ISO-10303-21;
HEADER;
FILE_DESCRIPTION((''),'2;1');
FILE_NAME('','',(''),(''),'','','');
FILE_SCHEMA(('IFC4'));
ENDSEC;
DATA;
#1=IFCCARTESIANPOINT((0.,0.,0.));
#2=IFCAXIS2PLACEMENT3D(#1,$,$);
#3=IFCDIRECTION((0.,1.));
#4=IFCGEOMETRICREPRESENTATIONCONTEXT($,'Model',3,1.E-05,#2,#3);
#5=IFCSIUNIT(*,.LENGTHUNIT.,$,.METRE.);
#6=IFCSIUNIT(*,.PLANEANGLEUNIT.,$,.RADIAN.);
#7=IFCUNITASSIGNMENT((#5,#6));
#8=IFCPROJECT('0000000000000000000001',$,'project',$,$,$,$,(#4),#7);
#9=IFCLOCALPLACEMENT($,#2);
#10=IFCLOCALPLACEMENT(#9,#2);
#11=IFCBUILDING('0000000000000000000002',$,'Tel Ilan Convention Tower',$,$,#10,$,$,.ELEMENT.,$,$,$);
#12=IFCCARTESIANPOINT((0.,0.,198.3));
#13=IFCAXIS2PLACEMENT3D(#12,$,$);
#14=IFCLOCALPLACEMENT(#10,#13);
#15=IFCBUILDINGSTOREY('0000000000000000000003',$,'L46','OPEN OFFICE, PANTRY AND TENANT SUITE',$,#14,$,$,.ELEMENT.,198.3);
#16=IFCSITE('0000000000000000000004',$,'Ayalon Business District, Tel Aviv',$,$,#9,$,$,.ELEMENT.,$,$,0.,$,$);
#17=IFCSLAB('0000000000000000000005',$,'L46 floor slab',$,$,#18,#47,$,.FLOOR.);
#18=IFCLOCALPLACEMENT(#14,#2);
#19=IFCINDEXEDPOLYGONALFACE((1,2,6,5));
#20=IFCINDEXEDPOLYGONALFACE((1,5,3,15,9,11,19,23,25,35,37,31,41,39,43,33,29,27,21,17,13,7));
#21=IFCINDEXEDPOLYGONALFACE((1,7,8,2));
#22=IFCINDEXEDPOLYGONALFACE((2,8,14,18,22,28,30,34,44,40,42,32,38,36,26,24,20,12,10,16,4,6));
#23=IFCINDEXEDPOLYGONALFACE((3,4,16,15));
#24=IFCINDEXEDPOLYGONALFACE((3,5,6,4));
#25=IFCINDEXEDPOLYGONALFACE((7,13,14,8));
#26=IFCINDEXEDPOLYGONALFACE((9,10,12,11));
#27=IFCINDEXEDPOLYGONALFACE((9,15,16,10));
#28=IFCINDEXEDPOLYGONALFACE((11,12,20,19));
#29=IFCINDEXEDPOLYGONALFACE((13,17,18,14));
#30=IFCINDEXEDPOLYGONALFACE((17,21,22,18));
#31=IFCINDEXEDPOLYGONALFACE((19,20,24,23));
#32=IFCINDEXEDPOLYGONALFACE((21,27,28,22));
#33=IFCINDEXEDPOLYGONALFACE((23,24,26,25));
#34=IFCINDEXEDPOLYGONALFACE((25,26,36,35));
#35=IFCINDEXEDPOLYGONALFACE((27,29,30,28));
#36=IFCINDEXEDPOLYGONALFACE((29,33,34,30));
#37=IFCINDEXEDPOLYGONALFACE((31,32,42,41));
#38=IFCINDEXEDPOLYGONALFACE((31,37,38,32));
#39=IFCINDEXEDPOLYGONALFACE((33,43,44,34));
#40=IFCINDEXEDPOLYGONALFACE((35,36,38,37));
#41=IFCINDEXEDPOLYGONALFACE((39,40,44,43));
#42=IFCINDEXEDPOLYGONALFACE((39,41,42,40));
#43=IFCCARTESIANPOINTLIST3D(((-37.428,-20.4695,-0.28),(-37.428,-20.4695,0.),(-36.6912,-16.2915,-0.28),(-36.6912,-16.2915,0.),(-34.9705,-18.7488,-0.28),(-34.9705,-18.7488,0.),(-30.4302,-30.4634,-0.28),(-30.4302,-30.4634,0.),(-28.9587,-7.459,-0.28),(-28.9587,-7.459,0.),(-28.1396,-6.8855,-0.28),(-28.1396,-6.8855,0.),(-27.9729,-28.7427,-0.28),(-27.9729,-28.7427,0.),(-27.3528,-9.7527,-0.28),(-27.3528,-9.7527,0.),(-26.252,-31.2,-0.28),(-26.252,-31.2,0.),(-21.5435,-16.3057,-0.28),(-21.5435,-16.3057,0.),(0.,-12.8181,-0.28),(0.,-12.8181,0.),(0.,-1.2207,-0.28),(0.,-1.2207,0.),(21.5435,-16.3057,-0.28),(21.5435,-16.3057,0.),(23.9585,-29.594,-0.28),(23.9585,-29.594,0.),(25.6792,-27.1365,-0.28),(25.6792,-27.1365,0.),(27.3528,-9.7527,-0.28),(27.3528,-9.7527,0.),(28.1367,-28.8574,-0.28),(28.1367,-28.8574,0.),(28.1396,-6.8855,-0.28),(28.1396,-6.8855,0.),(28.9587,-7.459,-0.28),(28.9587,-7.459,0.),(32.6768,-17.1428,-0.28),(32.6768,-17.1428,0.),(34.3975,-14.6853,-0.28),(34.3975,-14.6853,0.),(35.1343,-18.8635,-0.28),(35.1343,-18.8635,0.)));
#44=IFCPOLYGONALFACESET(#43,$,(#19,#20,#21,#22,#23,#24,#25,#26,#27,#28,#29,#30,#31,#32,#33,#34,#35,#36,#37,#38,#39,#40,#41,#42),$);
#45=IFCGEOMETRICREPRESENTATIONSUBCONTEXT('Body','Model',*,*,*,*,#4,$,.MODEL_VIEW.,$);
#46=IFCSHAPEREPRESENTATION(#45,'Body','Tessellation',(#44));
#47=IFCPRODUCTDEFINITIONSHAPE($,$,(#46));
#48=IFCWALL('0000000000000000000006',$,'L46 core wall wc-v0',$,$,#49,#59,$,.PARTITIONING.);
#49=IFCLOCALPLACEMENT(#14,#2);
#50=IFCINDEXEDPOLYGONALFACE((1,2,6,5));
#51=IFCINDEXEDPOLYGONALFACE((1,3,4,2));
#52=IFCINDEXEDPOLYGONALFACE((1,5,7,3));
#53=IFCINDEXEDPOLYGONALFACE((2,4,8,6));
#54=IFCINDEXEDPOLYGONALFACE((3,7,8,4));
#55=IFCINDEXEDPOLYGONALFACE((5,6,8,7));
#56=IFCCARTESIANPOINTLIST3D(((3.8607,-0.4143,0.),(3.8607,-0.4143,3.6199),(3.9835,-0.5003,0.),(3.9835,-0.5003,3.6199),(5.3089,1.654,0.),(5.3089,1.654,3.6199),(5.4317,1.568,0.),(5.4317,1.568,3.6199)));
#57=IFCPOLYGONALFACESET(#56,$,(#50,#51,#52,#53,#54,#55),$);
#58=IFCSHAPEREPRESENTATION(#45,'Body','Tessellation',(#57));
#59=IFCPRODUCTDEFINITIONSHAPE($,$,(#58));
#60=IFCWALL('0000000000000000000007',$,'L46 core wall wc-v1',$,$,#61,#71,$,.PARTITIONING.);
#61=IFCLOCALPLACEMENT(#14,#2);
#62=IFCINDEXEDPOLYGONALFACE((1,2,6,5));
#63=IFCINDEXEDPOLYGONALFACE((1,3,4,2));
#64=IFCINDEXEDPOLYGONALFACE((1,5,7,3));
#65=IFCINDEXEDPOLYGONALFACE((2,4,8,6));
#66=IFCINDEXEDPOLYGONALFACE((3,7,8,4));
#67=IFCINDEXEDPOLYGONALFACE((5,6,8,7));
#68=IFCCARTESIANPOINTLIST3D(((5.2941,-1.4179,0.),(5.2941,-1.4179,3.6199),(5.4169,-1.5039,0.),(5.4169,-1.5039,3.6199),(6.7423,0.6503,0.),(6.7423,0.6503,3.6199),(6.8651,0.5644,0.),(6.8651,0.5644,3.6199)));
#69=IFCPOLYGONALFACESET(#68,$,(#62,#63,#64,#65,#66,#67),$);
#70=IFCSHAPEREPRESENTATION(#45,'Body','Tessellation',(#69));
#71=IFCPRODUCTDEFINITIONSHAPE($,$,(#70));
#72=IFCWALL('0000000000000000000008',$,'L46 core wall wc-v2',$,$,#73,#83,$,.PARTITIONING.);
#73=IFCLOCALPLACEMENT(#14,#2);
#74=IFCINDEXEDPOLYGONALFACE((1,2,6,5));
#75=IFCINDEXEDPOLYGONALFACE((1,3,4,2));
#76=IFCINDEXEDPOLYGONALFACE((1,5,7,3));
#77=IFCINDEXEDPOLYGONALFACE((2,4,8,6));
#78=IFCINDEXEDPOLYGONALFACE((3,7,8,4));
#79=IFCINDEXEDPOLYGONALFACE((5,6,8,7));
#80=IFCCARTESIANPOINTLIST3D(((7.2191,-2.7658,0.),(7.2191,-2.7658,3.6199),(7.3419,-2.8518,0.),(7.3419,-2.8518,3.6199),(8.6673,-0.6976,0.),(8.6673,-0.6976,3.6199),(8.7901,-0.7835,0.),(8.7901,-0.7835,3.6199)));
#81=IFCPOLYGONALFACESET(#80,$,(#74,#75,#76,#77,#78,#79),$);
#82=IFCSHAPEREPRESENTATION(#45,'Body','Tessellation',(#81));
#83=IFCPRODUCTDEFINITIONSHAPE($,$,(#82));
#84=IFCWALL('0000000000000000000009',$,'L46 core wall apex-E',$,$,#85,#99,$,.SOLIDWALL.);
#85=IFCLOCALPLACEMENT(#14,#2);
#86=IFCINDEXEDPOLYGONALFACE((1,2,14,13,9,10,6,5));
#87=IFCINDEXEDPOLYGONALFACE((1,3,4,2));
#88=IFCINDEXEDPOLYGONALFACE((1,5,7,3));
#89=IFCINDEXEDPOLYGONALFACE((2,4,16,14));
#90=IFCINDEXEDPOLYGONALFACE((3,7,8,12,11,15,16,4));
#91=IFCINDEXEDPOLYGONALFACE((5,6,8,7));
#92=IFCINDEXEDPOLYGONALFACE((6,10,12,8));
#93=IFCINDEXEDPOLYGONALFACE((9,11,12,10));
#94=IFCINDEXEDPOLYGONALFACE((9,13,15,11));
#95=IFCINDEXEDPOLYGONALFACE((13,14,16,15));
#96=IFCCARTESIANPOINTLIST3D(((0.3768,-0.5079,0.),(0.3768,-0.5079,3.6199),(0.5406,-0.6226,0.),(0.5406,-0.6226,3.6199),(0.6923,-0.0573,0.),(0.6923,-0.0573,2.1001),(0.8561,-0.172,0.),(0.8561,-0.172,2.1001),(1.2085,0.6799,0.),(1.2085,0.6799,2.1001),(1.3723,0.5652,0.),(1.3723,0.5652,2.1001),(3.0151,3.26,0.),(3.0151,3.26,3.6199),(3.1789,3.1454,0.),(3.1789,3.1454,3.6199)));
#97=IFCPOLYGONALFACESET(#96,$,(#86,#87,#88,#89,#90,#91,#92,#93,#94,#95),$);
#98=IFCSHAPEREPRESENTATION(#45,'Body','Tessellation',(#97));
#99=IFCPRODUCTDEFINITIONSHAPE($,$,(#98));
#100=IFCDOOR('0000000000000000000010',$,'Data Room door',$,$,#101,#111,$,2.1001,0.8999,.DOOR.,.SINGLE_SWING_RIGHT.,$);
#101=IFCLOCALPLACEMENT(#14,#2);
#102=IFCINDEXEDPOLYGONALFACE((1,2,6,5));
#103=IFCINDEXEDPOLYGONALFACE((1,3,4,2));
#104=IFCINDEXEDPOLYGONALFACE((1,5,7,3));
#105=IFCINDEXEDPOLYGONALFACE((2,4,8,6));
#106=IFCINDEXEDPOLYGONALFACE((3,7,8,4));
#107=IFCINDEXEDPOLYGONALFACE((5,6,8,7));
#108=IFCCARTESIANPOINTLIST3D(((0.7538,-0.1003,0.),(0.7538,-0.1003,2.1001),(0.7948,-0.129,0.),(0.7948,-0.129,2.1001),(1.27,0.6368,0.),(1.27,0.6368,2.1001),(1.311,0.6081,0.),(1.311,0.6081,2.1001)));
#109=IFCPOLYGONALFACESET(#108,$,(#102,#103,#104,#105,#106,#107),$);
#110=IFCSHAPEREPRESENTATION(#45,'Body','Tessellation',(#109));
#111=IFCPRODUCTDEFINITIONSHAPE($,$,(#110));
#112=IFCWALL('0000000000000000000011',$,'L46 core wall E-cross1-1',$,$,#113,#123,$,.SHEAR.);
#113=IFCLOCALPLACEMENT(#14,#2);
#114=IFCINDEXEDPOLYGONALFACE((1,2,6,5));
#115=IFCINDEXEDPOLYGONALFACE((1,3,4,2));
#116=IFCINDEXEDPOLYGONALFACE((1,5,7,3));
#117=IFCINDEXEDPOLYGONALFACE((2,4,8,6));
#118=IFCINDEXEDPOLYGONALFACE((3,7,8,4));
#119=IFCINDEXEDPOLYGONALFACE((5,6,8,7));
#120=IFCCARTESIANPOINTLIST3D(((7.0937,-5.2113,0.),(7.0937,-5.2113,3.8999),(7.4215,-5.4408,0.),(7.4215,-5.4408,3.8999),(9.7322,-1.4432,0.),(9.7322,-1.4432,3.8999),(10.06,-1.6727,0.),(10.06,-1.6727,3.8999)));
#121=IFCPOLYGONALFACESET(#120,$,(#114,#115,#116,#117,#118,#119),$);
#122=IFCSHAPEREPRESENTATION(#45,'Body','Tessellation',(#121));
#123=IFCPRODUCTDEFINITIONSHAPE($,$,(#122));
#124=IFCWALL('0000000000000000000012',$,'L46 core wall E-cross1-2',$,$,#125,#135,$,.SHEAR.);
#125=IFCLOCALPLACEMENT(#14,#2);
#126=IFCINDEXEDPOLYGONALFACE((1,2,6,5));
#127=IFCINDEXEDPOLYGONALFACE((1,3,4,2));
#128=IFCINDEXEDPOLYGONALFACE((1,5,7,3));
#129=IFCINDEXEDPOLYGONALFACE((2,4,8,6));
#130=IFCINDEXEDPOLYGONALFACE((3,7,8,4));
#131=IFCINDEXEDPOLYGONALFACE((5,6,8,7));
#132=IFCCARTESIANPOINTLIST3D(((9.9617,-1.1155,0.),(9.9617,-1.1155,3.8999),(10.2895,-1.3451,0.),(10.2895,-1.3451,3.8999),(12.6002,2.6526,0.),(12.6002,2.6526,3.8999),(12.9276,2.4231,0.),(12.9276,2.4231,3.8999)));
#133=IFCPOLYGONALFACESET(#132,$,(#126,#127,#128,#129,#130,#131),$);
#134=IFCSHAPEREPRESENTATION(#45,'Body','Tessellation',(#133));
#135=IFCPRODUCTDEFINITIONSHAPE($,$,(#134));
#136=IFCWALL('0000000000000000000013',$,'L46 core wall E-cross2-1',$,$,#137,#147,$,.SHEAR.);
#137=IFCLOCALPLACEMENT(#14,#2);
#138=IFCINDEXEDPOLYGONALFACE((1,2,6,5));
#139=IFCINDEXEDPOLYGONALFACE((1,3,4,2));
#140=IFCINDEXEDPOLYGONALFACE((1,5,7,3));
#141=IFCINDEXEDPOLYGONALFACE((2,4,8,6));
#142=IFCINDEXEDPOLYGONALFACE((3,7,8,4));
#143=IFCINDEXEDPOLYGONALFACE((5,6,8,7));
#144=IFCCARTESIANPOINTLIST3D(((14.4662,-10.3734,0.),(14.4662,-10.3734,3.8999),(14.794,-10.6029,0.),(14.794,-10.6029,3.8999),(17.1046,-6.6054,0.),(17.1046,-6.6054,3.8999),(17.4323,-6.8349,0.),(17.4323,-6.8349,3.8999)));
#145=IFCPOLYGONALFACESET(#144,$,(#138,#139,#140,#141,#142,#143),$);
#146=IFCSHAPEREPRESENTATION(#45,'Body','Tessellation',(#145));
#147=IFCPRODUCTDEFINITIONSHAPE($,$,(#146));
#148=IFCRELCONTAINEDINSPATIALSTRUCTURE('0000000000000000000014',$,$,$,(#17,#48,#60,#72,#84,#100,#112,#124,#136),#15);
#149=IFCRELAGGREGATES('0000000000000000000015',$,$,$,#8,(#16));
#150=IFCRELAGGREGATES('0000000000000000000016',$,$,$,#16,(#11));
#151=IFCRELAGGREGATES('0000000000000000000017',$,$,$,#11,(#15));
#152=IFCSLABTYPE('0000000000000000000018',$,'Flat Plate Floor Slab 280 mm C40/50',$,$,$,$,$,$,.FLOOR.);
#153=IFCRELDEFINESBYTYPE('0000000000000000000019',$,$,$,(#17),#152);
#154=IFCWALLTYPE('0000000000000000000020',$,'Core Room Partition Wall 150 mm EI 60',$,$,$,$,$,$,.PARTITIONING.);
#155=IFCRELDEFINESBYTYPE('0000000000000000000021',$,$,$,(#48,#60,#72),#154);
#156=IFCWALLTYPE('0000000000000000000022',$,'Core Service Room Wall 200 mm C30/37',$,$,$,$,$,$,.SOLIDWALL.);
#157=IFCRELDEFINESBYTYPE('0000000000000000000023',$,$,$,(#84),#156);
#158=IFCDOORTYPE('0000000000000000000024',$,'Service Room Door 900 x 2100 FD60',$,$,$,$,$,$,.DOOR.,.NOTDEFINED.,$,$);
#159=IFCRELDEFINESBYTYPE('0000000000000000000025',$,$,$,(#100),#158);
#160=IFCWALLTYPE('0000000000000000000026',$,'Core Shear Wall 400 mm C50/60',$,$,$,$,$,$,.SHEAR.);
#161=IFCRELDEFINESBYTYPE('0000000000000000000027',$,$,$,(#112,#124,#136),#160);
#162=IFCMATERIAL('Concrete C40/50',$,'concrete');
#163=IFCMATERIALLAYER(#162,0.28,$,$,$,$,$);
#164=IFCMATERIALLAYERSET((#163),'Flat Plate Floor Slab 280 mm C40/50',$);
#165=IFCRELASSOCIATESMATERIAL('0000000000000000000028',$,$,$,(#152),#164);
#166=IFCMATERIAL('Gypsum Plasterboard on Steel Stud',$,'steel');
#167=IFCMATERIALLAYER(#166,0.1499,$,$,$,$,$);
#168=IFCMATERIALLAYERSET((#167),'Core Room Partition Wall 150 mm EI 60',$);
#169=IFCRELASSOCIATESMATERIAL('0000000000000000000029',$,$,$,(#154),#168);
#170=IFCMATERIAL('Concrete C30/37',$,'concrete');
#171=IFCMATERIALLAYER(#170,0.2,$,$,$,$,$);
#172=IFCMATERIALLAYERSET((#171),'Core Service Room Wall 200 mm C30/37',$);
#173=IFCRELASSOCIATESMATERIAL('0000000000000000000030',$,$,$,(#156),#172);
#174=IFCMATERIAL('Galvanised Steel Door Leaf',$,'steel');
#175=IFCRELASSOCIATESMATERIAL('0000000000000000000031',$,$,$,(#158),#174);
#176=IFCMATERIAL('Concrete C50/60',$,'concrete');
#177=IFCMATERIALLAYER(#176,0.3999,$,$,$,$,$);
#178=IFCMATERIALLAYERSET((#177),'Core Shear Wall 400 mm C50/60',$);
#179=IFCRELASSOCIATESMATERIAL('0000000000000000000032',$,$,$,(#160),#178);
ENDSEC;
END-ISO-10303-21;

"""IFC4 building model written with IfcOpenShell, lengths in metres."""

from ifc_helpers import new_model, si_unit, direction, frame, frame_2d, origin, place, context, subcontext, project, spatial, polyline, rectangle, outline, extrude, material, layer, layer_set, type_object, element, fill, save


model = new_model("IFC4")

# Units and contexts
model_context = context("Model", 3, precision=1e-05, world=origin(), true_north=direction((0.0, 1.0)))
body_context = subcontext(model_context, "Body", "Model", "MODEL_VIEW")
ifc_project = project(units=[si_unit("LENGTHUNIT", "METRE"), si_unit("PLANEANGLEUNIT", "RADIAN")], contexts=[model_context])

# Site, building, storey
site_placement = place(None, origin())
site = spatial("IfcSite", under=ifc_project, at=site_placement, Name="Ayalon Business District, Tel Aviv", CompositionType="ELEMENT", RefElevation=0.0)
building_placement = place(site_placement, origin())
building = spatial("IfcBuilding", under=site, at=building_placement, Name="Tel Ilan Convention Tower", CompositionType="ELEMENT")
storey_placement = place(building_placement, frame((0.0, 0.0, 198.3)))
storey = spatial("IfcBuildingStorey", under=building, at=storey_placement, Name="L46", Description="OPEN OFFICE, PANTRY AND TENANT SUITE", CompositionType="ELEMENT", Elevation=198.3)

# Slab
ifc_material_1 = material(Name="Concrete C40/50", Category="concrete")
ifc_layer_1 = layer(ifc_material_1, 0.28)
ifc_layer_set_1 = layer_set([ifc_layer_1], Name="Flat Plate Floor Slab 280 mm C40/50")
slab_type_1 = type_object("IfcSlabType", Name="Flat Plate Floor Slab 280 mm C40/50", PredefinedType="FLOOR", material=ifc_layer_set_1)
slab_1_placement = place(storey_placement, frame((0.0, 0.0, -0.28)))
element("IfcSlab", 1, at=slab_1_placement, inside=storey, type_object=slab_type_1, Name="L46 floor slab", PredefinedType="FLOOR", context=body_context, shape_type="SweptSolid", body=[
    extrude(outline(polyline([(-21.5435, -16.3057), (0.0, -1.2207), (21.5435, -16.3057), (28.1396, -6.8855), (28.9587, -7.459), (27.3528, -9.7527), (34.3975, -14.6853), (32.6768, -17.1428), (35.1343, -18.8635), (28.1367, -28.8574), (25.6792, -27.1365), (23.9585, -29.594), (0.0, -12.8181), (-26.252, -31.2), (-27.9729, -28.7427), (-30.4302, -30.4634), (-37.428, -20.4695), (-34.9705, -18.7488), (-36.6912, -16.2915), (-27.3528, -9.7527), (-28.9587, -7.459), (-28.1396, -6.8855), (-21.5435, -16.3057)])), origin(), (0.0, 0.0, 1.0), 0.28),
])

# Walls
ifc_material_2 = material(Name="Gypsum Plasterboard on Steel Stud", Category="steel")
ifc_layer_2 = layer(ifc_material_2, 0.1499)
ifc_layer_set_2 = layer_set([ifc_layer_2], Name="Core Room Partition Wall 150 mm EI 60")
wall_type_1 = type_object("IfcWallType", Name="Core Room Partition Wall 150 mm EI 60", PredefinedType="PARTITIONING", material=ifc_layer_set_2)
for number, where, z_axis, x_axis, name in (
    (2, (3.9221, -0.4573, 0.0), (0.0, 0.0, 1.0), (0.573566, 0.819159, 0.0), "L46 core wall wc-v0"),
    (3, (5.3555, -1.4609, 0.0), (0.0, 0.0, 1.0), (0.573566, 0.819159, 0.0), "L46 core wall wc-v1"),
    (4, (7.2805, -2.8088, 0.0), (0.0, 0.0, 1.0), (0.573566, 0.819159, 0.0), "L46 core wall wc-v2"),
):
    element("IfcWall", number, at=place(storey_placement, frame(where, z_axis=z_axis, x_axis=x_axis)), inside=storey, type_object=wall_type_1, Name=name, PredefinedType="PARTITIONING", context=body_context, shape_type="SweptSolid", body=[
        extrude(rectangle(XDim=2.5249, YDim=0.1499, at=frame_2d((1.2625, 0.0))), origin(), (0.0, 0.0, 1.0), 3.6199),
    ])

# Wall, opening, door
ifc_material_3 = material(Name="Concrete C30/37", Category="concrete")
ifc_layer_3 = layer(ifc_material_3, 0.2)
ifc_layer_set_3 = layer_set([ifc_layer_3], Name="Core Service Room Wall 200 mm C30/37")
wall_type_2 = type_object("IfcWallType", Name="Core Service Room Wall 200 mm C30/37", PredefinedType="SOLIDWALL", material=ifc_layer_set_3)
wall_1_placement = place(storey_placement, frame((0.4587, -0.5652, 0.0), z_axis=(0.0, 0.0, 1.0), x_axis=(0.573576, 0.819152, 0.0)))
wall_1 = element("IfcWall", 5, at=wall_1_placement, inside=storey, type_object=wall_type_2, Name="L46 core wall apex-E", PredefinedType="SOLIDWALL", context=body_context, shape_type="SweptSolid", body=[
    extrude(rectangle(XDim=4.5999, YDim=0.2, at=frame_2d((2.2998, 0.0))), origin(), (0.0, 0.0, 1.0), 3.6199),
])
opening_1_placement = place(wall_1_placement, frame((0.55, 0.0, 0.0)))
opening_1 = element("IfcOpeningElement", 6, at=opening_1_placement, cuts=wall_1, PredefinedType="OPENING", context=body_context, shape_type="SweptSolid", body=[
    extrude(rectangle(XDim=0.8999, YDim=2.1001, at=frame_2d((0.45, 1.05))), frame((0.0, 0.1099, 0.0), z_axis=(0.0, -1.0, 0.0), x_axis=(1.0, 0.0, 0.0)), (0.0, 0.0, 1.0), 0.22),
])
ifc_material_4 = material(Name="Galvanised Steel Door Leaf", Category="steel")
door_type_1 = type_object("IfcDoorType", Name="Service Room Door 900 x 2100 FD60", OperationType="NOTDEFINED", PredefinedType="DOOR", material=ifc_material_4)
door_1_placement = place(opening_1_placement, origin())
door_1 = element("IfcDoor", 7, at=door_1_placement, inside=storey, type_object=door_type_1, Name="Data Room door", OperationType="SINGLE_SWING_RIGHT", OverallHeight=2.1001, OverallWidth=0.8999, PredefinedType="DOOR", context=body_context, shape_type="SweptSolid", body=[
    extrude(rectangle(XDim=0.8999, YDim=2.1001, at=frame_2d((0.45, 1.05))), frame((0.0, 0.0249, 0.0), z_axis=(0.0, -1.0, 0.0), x_axis=(1.0, 0.0, 0.0)), (0.0, 0.0, 1.0), 0.05),
])
fill(opening_1, door_1)

# Walls
ifc_material_5 = material(Name="Concrete C50/60", Category="concrete")
ifc_layer_4 = layer(ifc_material_5, 0.3999)
ifc_layer_set_4 = layer_set([ifc_layer_4], Name="Core Shear Wall 400 mm C50/60")
wall_type_3 = type_object("IfcWallType", Name="Core Shear Wall 400 mm C50/60", PredefinedType="SHEAR", material=ifc_layer_set_4)
wall_2_placement = place(storey_placement, frame((7.2578, -5.3259, 0.0), z_axis=(0.0, 0.0, 1.0), x_axis=(0.573541, 0.819177, 0.0)))
element("IfcWall", 8, at=wall_2_placement, inside=storey, type_object=wall_type_3, Name="L46 core wall E-cross1-1", PredefinedType="SHEAR", context=body_context, shape_type="SweptSolid", body=[
    extrude(outline(polyline([(-0.0002, 0.2002), (-0.0002, -0.2), (4.5999, -0.2002), (4.5999, 0.2), (-0.0002, 0.2002)])), origin(), (0.0, 0.0, 1.0), 3.8999),
])
wall_3_placement = place(storey_placement, frame((10.1255, -1.2302, 0.0), z_axis=(0.0, 0.0, 1.0), x_axis=(0.573576, 0.819152, 0.0)))
element("IfcWall", 9, at=wall_3_placement, inside=storey, type_object=wall_type_3, Name="L46 core wall E-cross1-2", PredefinedType="SHEAR", context=body_context, shape_type="SweptSolid", body=[
    extrude(outline(polyline([(4.5999, -0.2), (4.6001, 0.2), (0.0, 0.2), (0.0, -0.2002), (4.5999, -0.2)])), origin(), (0.0, 0.0, 1.0), 3.8999),
])
wall_4_placement = place(storey_placement, frame((14.6299, -10.4883, 0.0), z_axis=(0.0, 0.0, 1.0), x_axis=(0.573612, 0.819127, 0.0)))
element("IfcWall", 10, at=wall_4_placement, inside=storey, type_object=wall_type_3, Name="L46 core wall E-cross2-1", PredefinedType="SHEAR", context=body_context, shape_type="SweptSolid", body=[
    extrude(outline(polyline([(0.0002, 0.2), (0.0002, -0.2002), (4.6001, -0.2), (4.6001, 0.2002), (0.0002, 0.2)])), origin(), (0.0, 0.0, 1.0), 3.8999),
])

save(model, "model.ifc")
